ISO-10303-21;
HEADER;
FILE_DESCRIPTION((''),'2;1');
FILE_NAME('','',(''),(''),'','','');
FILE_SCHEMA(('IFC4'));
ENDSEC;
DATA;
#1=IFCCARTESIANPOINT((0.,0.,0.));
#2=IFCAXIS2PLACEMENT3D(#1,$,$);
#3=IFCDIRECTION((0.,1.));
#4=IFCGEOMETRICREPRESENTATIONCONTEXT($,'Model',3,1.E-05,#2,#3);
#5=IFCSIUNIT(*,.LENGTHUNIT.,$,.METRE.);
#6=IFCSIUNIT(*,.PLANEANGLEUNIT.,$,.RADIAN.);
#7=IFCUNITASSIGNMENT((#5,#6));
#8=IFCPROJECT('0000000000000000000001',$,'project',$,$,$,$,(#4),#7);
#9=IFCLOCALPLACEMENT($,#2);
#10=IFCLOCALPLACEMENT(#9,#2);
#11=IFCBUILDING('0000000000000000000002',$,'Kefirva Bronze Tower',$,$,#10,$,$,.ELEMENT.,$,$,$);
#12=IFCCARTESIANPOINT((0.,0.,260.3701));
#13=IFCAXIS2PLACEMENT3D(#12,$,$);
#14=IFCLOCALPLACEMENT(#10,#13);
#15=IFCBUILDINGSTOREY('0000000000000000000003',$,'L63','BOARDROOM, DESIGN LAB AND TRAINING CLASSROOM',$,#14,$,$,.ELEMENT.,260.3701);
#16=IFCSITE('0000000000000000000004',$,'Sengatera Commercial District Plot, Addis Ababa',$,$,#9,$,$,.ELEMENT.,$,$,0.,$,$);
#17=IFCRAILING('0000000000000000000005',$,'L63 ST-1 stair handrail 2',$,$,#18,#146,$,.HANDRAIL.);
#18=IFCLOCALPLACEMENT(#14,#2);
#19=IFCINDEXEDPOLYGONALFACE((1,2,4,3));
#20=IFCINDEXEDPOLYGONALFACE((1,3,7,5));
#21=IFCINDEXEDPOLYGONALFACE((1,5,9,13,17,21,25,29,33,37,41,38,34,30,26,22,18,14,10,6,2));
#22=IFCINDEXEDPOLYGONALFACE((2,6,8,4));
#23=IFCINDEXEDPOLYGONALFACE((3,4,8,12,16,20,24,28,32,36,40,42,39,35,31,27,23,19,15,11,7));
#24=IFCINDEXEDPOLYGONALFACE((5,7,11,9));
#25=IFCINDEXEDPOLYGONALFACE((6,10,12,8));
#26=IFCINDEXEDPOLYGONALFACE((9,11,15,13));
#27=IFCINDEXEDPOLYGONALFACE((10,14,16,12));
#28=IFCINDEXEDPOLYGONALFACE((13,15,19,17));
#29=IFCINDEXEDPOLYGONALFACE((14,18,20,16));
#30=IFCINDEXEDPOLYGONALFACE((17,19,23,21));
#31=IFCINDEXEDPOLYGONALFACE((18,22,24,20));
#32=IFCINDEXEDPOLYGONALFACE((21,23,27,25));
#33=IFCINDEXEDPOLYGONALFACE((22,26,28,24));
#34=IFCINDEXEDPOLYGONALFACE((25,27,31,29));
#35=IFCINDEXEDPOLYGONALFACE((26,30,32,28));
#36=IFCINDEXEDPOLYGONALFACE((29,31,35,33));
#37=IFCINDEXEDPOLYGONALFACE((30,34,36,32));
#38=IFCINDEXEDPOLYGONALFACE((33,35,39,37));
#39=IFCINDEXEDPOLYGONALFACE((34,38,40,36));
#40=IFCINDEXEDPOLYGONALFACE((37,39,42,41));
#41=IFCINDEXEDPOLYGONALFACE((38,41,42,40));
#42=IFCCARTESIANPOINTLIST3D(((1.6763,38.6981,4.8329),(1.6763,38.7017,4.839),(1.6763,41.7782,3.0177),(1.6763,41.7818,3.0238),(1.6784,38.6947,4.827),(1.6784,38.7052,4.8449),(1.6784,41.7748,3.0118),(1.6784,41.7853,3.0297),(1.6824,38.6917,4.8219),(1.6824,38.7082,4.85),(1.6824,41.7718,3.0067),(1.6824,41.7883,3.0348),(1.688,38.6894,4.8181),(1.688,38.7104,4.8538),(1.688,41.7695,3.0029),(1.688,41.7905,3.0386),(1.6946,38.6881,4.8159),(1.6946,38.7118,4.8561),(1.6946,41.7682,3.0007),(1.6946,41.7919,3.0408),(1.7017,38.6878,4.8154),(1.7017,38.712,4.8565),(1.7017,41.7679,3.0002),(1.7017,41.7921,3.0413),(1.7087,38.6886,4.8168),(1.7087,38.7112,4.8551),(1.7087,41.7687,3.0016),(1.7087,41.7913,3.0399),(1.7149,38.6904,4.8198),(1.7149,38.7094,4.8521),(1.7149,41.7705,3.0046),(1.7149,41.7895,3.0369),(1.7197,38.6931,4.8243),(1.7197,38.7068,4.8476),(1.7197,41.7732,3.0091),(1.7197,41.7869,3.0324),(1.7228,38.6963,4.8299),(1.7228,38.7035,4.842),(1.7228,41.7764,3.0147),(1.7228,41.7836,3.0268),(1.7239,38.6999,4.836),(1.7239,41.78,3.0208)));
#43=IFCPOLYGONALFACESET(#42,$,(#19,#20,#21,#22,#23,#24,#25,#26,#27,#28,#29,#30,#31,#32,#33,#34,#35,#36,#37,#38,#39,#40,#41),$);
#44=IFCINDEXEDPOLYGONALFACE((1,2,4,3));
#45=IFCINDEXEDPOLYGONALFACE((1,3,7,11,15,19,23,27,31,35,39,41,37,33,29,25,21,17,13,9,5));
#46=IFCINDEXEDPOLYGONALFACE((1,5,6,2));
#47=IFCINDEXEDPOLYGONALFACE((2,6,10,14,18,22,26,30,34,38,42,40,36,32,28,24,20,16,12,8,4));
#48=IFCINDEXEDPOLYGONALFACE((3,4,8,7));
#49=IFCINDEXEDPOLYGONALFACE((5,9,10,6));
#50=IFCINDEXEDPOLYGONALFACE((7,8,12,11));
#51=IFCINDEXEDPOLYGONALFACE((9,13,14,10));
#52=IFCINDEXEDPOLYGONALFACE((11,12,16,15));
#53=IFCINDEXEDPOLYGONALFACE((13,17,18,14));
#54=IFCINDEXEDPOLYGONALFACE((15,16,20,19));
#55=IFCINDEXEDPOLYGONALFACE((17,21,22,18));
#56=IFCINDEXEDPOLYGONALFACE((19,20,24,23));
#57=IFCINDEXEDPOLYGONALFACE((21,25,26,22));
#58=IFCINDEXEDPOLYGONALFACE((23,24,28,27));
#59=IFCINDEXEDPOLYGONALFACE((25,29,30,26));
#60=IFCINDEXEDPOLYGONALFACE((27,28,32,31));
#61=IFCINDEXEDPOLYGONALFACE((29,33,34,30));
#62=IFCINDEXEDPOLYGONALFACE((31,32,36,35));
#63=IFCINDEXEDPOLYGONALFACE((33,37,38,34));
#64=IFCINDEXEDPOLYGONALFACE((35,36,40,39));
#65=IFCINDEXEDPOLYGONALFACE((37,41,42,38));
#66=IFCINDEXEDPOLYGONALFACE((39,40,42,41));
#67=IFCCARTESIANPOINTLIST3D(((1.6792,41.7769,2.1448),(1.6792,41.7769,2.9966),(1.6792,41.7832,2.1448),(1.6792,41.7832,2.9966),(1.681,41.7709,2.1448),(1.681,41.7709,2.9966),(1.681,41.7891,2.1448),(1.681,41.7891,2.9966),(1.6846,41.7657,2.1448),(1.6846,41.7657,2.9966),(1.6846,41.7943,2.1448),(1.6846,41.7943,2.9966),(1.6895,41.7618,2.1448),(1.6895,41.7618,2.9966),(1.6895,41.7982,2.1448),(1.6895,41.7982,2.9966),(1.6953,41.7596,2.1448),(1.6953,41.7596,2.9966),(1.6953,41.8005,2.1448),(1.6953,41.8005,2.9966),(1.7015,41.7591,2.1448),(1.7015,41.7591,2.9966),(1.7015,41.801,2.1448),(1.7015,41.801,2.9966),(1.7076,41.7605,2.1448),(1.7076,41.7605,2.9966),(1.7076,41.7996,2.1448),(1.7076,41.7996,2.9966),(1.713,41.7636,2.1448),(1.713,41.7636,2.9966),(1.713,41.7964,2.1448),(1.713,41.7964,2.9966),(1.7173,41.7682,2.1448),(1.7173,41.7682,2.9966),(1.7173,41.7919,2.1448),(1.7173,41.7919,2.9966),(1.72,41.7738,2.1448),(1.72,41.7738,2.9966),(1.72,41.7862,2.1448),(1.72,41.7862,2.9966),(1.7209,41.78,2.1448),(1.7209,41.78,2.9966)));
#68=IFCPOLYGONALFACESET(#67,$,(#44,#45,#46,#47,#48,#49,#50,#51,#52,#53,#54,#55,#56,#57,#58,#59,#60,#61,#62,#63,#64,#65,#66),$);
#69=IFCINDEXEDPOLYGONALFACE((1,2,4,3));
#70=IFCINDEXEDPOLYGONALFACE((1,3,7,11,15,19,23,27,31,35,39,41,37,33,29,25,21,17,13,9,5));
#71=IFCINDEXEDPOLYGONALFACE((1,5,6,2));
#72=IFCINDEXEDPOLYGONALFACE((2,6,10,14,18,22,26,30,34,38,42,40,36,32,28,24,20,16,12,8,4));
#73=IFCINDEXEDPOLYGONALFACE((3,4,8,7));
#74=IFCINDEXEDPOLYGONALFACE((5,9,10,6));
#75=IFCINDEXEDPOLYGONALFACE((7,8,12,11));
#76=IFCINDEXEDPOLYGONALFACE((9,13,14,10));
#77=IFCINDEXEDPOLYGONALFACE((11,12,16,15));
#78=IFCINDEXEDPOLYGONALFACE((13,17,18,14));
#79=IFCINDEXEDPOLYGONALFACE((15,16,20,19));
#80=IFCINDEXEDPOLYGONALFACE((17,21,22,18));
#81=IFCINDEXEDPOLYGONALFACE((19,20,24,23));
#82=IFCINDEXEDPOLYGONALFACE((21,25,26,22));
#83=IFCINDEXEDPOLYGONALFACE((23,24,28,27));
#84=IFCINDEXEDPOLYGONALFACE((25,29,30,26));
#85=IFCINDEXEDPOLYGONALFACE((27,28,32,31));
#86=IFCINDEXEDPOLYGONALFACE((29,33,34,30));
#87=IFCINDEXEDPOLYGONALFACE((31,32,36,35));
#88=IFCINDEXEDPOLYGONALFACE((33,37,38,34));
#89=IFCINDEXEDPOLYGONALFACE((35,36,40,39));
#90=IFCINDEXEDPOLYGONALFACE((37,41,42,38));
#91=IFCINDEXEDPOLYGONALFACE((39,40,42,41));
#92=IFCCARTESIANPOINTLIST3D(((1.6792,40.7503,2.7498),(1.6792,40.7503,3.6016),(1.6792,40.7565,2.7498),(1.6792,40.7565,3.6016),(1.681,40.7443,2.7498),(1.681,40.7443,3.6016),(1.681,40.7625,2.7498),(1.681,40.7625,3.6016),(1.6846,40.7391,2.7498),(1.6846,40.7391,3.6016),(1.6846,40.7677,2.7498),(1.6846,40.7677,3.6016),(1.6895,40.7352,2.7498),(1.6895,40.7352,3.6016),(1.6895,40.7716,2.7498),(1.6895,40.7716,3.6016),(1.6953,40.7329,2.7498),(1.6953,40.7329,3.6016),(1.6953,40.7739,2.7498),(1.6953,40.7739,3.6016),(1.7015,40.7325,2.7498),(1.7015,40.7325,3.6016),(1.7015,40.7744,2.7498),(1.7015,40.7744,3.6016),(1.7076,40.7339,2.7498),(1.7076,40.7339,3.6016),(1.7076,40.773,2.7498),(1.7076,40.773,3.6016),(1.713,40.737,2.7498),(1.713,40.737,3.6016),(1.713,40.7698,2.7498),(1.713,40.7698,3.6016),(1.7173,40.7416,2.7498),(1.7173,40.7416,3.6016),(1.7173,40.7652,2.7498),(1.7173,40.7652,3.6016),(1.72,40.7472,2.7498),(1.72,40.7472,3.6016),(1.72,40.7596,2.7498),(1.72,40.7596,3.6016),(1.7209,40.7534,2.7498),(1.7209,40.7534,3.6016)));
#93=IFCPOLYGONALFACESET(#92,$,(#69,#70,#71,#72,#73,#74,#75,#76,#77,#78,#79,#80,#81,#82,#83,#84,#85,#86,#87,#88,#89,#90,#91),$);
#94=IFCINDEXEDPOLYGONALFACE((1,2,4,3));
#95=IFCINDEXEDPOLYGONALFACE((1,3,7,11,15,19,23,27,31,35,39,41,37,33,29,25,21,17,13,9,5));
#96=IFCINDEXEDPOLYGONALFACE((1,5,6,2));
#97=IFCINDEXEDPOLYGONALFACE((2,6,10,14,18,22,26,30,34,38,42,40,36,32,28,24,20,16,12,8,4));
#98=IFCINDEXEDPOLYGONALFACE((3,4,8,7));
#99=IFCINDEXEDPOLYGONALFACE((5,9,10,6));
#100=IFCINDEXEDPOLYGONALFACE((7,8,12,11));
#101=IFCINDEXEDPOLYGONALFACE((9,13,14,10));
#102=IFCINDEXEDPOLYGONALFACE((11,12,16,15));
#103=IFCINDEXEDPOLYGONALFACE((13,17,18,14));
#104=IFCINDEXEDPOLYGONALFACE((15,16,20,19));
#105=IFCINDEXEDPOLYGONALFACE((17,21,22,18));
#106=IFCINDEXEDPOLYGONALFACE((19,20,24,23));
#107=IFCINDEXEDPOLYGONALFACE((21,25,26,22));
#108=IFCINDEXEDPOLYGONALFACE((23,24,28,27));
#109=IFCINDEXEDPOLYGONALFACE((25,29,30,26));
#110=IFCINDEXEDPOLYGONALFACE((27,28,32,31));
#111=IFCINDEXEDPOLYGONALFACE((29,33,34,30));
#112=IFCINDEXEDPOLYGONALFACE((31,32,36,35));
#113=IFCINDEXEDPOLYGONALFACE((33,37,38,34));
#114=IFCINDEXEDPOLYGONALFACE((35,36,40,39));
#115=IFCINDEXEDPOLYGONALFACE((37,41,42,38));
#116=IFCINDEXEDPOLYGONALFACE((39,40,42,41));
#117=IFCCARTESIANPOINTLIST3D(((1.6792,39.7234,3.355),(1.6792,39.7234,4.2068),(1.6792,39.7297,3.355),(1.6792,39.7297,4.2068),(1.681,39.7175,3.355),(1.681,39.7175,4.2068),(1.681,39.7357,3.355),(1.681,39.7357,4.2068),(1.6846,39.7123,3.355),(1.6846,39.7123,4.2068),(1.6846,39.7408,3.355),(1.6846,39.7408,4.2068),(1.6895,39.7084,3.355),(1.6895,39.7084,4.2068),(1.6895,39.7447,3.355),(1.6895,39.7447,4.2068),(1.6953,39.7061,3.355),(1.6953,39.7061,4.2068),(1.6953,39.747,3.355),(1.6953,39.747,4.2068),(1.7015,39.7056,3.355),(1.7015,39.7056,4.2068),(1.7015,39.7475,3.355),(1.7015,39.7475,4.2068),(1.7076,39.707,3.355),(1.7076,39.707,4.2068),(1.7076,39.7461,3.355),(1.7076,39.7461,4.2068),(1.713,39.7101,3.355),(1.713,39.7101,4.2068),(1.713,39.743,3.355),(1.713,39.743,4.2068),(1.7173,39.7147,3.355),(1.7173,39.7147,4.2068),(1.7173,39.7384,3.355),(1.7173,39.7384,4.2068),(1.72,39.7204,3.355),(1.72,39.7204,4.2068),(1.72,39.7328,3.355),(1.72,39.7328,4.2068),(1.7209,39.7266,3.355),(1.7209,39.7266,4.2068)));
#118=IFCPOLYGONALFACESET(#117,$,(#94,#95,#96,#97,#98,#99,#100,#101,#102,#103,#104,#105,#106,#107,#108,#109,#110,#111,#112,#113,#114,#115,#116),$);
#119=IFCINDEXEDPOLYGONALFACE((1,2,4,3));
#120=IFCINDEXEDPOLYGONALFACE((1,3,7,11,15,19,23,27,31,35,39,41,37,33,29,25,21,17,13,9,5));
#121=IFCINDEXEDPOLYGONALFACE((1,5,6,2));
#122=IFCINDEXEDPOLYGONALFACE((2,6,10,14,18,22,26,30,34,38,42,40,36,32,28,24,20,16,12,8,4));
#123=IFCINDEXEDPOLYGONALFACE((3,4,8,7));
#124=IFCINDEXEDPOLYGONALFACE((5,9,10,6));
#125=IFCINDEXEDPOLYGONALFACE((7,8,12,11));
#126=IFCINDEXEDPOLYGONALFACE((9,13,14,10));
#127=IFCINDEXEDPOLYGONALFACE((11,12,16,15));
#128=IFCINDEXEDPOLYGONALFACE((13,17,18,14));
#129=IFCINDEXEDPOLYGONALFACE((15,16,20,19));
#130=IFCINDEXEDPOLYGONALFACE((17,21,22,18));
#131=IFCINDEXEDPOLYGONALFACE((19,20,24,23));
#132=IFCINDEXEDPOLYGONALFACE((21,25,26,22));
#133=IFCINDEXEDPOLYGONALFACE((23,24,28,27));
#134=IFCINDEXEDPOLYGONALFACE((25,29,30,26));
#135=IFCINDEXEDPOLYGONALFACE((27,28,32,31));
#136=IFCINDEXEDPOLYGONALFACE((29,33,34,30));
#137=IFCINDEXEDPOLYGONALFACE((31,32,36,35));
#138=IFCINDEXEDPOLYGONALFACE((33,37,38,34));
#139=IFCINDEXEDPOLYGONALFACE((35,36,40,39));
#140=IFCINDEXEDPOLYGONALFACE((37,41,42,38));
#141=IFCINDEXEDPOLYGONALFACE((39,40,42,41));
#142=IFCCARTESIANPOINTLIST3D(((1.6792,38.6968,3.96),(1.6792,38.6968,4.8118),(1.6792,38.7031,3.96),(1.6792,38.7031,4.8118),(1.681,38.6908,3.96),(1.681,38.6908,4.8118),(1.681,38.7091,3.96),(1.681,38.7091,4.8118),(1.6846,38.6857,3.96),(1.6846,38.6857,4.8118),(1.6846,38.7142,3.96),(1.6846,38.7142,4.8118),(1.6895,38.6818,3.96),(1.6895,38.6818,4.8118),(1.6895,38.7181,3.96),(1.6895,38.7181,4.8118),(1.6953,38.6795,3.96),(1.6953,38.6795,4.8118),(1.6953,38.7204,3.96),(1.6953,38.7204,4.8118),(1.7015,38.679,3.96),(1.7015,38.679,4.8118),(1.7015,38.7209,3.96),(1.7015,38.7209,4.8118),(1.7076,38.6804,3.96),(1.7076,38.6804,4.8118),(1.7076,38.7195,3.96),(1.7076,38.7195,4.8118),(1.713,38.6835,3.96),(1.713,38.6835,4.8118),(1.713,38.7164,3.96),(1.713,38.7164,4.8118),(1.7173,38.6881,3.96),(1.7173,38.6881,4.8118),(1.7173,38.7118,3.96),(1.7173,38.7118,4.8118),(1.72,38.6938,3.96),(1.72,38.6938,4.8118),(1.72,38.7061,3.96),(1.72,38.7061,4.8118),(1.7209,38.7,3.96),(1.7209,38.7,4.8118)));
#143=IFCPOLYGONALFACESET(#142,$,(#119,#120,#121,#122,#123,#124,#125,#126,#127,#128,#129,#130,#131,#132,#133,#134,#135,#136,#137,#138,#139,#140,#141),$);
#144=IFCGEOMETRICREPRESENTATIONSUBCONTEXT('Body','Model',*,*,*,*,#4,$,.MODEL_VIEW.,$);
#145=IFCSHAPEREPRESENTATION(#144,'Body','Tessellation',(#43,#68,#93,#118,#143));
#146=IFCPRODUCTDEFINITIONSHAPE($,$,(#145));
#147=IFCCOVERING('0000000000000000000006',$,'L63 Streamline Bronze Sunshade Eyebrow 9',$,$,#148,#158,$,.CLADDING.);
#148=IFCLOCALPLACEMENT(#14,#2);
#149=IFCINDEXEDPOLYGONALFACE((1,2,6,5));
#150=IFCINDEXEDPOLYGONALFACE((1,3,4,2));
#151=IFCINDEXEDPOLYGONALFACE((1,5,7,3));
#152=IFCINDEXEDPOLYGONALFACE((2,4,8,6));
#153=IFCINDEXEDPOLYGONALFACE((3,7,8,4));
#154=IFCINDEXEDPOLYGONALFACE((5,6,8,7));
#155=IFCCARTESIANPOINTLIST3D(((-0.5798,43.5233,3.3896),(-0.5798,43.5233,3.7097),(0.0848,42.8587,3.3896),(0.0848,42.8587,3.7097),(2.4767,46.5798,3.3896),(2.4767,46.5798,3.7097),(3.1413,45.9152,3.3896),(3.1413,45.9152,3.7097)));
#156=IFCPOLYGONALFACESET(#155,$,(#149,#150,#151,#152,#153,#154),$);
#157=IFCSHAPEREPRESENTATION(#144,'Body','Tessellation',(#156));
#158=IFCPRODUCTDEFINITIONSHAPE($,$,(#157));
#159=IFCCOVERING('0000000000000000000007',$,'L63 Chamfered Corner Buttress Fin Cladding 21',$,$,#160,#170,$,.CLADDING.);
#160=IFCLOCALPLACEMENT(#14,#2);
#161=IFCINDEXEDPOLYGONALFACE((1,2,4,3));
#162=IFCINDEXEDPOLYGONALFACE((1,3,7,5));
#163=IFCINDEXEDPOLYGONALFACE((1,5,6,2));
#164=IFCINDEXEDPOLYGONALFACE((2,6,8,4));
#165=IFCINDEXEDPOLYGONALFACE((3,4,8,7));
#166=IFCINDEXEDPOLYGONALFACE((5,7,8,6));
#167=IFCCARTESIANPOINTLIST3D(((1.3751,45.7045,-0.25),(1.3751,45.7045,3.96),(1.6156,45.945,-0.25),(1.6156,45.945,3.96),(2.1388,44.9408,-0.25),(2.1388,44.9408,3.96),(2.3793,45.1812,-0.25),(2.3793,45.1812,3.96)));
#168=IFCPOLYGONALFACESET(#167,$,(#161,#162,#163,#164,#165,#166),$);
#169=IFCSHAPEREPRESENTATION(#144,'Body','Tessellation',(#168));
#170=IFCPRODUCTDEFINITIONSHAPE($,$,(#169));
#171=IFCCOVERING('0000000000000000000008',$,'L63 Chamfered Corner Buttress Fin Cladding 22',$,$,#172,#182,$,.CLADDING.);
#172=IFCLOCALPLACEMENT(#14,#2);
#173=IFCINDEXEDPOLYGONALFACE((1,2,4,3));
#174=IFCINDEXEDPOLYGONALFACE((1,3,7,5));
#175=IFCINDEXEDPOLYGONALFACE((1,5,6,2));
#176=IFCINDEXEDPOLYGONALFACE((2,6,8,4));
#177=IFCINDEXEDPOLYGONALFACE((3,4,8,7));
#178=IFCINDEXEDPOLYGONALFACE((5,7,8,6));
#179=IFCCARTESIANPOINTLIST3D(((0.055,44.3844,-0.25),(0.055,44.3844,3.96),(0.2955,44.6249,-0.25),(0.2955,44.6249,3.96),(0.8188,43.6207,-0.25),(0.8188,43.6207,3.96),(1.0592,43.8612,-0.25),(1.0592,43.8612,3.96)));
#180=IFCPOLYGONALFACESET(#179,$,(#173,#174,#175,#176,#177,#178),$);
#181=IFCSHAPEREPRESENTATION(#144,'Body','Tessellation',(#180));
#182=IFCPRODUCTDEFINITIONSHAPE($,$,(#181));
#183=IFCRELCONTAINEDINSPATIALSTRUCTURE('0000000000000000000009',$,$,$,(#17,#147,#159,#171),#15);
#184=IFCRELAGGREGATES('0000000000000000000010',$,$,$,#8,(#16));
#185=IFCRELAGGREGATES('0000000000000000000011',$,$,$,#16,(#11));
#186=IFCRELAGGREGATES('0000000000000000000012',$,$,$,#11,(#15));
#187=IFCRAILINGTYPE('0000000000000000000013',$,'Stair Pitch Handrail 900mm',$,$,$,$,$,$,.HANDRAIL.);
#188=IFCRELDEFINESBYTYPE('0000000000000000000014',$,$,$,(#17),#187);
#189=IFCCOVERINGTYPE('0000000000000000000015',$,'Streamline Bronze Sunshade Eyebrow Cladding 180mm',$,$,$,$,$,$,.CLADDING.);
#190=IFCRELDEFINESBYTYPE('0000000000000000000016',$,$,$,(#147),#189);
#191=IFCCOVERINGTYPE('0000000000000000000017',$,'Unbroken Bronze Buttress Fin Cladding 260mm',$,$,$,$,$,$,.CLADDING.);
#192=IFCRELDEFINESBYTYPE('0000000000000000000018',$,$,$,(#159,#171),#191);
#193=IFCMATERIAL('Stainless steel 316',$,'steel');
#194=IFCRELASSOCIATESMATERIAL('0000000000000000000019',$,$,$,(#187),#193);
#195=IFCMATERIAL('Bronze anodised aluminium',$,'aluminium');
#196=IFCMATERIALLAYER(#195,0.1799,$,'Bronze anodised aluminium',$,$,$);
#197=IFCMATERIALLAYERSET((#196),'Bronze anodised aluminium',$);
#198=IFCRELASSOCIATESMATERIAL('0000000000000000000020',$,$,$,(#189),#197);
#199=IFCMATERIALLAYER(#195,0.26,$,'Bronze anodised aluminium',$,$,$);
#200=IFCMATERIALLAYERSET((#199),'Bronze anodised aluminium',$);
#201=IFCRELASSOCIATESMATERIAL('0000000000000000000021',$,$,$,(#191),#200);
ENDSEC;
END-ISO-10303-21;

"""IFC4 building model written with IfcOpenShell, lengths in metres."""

from ifc_helpers import new_model, si_unit, direction, frame, origin, origin_2d, place, context, subcontext, project, spatial, rectangle, circle, extrude, material, layer, layer_set, type_object, element, save


model = new_model("IFC4")

# Units and contexts
model_context = context("Model", 3, precision=1e-05, world=origin(), true_north=direction((0.0, 1.0)))
body_context = subcontext(model_context, "Body", "Model", "MODEL_VIEW")
ifc_project = project(units=[si_unit("LENGTHUNIT", "METRE"), si_unit("PLANEANGLEUNIT", "RADIAN")], contexts=[model_context])

# Site, building, storey
site_placement = place(None, origin())
site = spatial("IfcSite", under=ifc_project, at=site_placement, Name="Sengatera Commercial District Plot, Addis Ababa", CompositionType="ELEMENT", RefElevation=0.0)
building_placement = place(site_placement, origin())
building = spatial("IfcBuilding", under=site, at=building_placement, Name="Kefirva Bronze Tower", CompositionType="ELEMENT")
storey_placement = place(building_placement, frame((0.0, 0.0, 260.3701)))
storey = spatial("IfcBuildingStorey", under=building, at=storey_placement, Name="L63", Description="BOARDROOM, DESIGN LAB AND TRAINING CLASSROOM", CompositionType="ELEMENT", Elevation=260.3701)

# Shared definitions
ifc_material_1 = material(Name="Bronze anodised aluminium", Category="aluminium")

# Railing
ifc_material_2 = material(Name="Stainless steel 316", Category="steel")
railing_type_1 = type_object("IfcRailingType", Name="Stair Pitch Handrail 900mm", PredefinedType="HANDRAIL", material=ifc_material_2)
railing_1_placement = place(storey_placement, frame((1.7, 41.78, 2.1448)))
element("IfcRailing", 1, at=railing_1_placement, inside=storey, type_object=railing_type_1, Name="L63 ST-1 stair handrail 2", PredefinedType="HANDRAIL", context=body_context, shape_type="SweptSolid", body=[
    extrude(circle(Radius=0.0239, at=origin_2d()), frame((0.0, 0.0, 0.876), z_axis=(0.0, -0.861521, 0.507721), x_axis=(1.0, 0.0, 0.0)), (0.0, 0.0, 1.0), 3.5752),
    extrude(circle(Radius=0.021, at=origin_2d()), origin(), (0.0, 0.0, 1.0), 0.8518),
    extrude(circle(Radius=0.021, at=origin_2d()), frame((0.0, -1.0266, 0.605)), (0.0, 0.0, 1.0), 0.8518),
    extrude(circle(Radius=0.021, at=origin_2d()), frame((0.0, -2.0535, 1.2102)), (0.0, 0.0, 1.0), 0.8518),
    extrude(circle(Radius=0.021, at=origin_2d()), frame((0.0, -3.0801, 1.8152)), (0.0, 0.0, 1.0), 0.8518),
])

# Coverings
ifc_layer_1 = layer(ifc_material_1, 0.1799, Name="Bronze anodised aluminium")
ifc_layer_set_1 = layer_set([ifc_layer_1], Name="Bronze anodised aluminium")
covering_type_1 = type_object("IfcCoveringType", Name="Streamline Bronze Sunshade Eyebrow Cladding 180mm", PredefinedType="CLADDING", material=ifc_layer_set_1)
covering_1_placement = place(storey_placement, frame((1.2808, 44.7192, 3.3896), z_axis=(0.0, 0.0, 1.0), x_axis=(-0.707107, -0.707107, 0.0)))
element("IfcCovering", 2, at=covering_1_placement, inside=storey, type_object=covering_type_1, Name="L63 Streamline Bronze Sunshade Eyebrow 9", PredefinedType="CLADDING", context=body_context, shape_type="SweptSolid", body=[
    extrude(rectangle(XDim=4.3225, YDim=0.9399, at=origin_2d()), origin(), (0.0, 0.0, 1.0), 0.3201),
])
ifc_layer_2 = layer(ifc_material_1, 0.26, Name="Bronze anodised aluminium")
ifc_layer_set_2 = layer_set([ifc_layer_2], Name="Bronze anodised aluminium")
covering_type_2 = type_object("IfcCoveringType", Name="Unbroken Bronze Buttress Fin Cladding 260mm", PredefinedType="CLADDING", material=ifc_layer_set_2)
for number, where, z_axis, x_axis, name in (
    (3, (1.8772, 45.4429, -0.25), (0.0, 0.0, 1.0), (-0.707107, -0.707107, 0.0), "L63 Chamfered Corner Buttress Fin Cladding 21"),
    (4, (0.5571, 44.1228, -0.25), (0.0, 0.0, 1.0), (-0.707107, -0.707107, 0.0), "L63 Chamfered Corner Buttress Fin Cladding 22"),
):
    element("IfcCovering", number, at=place(storey_placement, frame(where, z_axis=z_axis, x_axis=x_axis)), inside=storey, type_object=covering_type_2, Name=name, PredefinedType="CLADDING", context=body_context, shape_type="SweptSolid", body=[
        extrude(rectangle(XDim=0.3401, YDim=1.0801, at=origin_2d()), origin(), (0.0, 0.0, 1.0), 4.21),
    ])

save(model, "model.ifc")
